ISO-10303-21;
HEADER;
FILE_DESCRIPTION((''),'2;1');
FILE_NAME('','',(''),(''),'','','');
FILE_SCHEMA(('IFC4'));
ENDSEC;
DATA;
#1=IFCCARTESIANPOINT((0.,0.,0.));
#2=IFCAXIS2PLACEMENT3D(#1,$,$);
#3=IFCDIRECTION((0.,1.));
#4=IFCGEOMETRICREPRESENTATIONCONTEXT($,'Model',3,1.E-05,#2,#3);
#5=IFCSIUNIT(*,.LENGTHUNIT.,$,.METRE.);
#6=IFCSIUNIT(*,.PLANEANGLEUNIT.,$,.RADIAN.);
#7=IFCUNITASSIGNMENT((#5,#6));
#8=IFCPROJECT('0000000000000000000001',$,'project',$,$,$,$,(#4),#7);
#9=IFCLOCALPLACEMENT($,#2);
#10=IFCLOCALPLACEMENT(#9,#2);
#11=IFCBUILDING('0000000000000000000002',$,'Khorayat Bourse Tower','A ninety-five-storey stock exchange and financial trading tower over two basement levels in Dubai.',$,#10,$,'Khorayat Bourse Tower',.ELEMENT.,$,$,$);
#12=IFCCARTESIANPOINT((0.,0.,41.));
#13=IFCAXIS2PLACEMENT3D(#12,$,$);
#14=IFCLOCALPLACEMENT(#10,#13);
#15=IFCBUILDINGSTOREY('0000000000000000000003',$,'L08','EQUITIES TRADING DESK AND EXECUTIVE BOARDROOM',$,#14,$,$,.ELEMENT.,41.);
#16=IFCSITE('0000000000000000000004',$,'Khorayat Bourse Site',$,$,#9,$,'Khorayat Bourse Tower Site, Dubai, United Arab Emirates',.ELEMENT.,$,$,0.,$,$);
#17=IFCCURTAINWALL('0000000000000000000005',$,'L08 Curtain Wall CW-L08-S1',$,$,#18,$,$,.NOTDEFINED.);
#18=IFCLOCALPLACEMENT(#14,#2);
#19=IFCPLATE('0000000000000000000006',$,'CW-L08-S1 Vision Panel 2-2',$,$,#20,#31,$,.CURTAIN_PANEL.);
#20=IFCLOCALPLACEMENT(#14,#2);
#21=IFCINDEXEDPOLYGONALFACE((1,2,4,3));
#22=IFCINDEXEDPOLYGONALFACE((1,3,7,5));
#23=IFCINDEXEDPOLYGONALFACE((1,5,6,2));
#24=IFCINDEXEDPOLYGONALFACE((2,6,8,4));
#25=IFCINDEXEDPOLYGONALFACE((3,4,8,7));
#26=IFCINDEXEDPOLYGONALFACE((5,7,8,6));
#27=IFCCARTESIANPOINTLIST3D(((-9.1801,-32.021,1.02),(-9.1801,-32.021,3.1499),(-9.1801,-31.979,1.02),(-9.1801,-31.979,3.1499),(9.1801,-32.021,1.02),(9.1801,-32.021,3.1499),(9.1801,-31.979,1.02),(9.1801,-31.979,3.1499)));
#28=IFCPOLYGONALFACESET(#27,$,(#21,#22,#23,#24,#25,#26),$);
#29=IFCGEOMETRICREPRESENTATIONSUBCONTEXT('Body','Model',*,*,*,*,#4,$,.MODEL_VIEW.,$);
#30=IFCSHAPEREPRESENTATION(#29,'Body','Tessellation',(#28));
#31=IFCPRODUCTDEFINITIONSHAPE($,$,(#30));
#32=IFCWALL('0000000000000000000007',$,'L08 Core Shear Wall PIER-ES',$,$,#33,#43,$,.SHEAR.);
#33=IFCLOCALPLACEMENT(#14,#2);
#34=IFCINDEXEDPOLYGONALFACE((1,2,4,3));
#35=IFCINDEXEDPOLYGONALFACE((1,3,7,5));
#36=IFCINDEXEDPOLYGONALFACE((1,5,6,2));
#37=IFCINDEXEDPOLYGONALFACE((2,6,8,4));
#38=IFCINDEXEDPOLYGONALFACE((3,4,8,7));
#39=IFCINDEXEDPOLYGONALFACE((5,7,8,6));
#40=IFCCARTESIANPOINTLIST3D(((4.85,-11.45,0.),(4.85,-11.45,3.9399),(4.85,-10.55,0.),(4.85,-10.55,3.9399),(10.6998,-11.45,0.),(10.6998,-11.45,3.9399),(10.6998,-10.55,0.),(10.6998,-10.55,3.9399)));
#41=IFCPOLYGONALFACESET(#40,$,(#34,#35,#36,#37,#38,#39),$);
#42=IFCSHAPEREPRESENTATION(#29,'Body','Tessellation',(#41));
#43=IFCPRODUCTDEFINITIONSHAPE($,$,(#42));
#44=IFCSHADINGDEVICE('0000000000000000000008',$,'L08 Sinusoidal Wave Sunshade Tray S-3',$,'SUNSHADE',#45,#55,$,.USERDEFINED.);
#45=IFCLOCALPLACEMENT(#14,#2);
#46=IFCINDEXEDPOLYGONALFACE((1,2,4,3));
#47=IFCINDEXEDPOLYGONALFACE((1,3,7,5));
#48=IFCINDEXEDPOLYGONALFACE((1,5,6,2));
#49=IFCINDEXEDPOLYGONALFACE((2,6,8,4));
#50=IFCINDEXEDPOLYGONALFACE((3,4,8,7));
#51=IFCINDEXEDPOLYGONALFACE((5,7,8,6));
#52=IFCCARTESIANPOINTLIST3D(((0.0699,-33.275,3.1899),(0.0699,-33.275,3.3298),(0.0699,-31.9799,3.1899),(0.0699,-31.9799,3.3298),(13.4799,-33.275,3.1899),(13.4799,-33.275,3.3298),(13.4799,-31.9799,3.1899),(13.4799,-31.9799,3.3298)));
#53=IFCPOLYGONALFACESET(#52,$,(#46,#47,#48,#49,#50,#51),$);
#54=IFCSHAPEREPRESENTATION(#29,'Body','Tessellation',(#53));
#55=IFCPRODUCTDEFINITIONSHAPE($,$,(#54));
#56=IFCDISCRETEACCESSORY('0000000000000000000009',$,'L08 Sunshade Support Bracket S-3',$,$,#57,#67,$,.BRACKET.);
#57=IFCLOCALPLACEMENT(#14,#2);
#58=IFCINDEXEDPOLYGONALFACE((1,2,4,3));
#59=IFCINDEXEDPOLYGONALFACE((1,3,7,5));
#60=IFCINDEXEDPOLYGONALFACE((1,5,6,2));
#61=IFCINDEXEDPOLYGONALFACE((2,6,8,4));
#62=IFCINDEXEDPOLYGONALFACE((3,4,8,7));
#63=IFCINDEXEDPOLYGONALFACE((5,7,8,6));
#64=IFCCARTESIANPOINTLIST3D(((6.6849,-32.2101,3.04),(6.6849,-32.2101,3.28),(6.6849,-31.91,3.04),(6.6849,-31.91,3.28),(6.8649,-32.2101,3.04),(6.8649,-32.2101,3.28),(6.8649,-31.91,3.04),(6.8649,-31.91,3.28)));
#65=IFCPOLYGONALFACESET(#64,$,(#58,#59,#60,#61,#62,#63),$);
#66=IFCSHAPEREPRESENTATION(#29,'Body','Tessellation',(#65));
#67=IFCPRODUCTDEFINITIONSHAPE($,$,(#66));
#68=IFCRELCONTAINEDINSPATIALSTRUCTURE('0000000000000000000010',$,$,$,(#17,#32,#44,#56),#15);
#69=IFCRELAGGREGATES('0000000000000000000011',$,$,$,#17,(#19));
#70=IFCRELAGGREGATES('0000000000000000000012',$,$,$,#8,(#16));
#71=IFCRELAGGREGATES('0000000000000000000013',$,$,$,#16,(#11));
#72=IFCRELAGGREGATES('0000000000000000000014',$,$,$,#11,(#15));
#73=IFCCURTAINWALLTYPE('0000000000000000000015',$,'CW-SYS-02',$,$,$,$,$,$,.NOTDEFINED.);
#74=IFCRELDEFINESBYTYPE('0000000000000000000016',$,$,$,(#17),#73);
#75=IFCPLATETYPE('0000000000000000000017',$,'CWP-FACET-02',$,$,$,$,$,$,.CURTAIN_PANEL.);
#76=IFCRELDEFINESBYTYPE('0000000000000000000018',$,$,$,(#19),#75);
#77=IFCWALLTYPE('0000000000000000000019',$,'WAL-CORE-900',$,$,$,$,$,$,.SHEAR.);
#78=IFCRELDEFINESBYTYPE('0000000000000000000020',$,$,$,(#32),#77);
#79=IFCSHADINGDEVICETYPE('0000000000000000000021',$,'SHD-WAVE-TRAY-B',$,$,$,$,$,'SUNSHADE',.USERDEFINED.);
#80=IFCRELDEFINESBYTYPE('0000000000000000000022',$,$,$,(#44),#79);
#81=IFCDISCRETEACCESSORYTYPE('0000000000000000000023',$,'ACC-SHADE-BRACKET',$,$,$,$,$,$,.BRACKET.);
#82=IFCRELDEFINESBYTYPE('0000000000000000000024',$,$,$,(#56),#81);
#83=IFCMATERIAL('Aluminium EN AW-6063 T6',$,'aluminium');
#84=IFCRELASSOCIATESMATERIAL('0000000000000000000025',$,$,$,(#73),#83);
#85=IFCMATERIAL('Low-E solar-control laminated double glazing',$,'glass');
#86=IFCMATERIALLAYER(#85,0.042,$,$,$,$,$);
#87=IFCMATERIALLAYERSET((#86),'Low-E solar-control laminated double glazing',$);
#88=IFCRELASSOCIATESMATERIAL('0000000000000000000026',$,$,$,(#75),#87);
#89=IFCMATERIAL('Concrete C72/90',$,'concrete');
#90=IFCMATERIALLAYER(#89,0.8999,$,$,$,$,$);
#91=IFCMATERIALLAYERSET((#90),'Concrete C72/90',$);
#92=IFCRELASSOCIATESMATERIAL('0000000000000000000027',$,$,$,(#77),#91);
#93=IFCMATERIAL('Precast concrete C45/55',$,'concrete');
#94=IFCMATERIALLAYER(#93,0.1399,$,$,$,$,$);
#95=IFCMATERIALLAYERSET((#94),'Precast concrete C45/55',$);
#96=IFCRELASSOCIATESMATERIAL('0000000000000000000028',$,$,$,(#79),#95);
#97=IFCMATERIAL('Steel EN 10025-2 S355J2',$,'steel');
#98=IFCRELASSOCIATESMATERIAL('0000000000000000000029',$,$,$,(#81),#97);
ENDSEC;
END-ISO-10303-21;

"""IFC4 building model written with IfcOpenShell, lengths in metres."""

from ifc_helpers import new_model, si_unit, direction, frame, frame_2d, origin, origin_2d, place, context, subcontext, project, spatial, rectangle, extrude, source, transform, mapped, material, layer, layer_set, type_object, element, aggregate, save


model = new_model("IFC4")

# Units and contexts
model_context = context("Model", 3, precision=1e-05, world=origin(), true_north=direction((0.0, 1.0)))
body_context = subcontext(model_context, "Body", "Model", "MODEL_VIEW")
ifc_project = project(units=[si_unit("LENGTHUNIT", "METRE"), si_unit("PLANEANGLEUNIT", "RADIAN")], contexts=[model_context])

# Site, building, storey
site_placement = place(None, origin())
site = spatial("IfcSite", under=ifc_project, at=site_placement, Name="Khorayat Bourse Site", LongName="Khorayat Bourse Tower Site, Dubai, United Arab Emirates", CompositionType="ELEMENT", RefElevation=0.0)
building_placement = place(site_placement, origin())
building = spatial("IfcBuilding", under=site, at=building_placement, Name="Khorayat Bourse Tower", Description="A ninety-five-storey stock exchange and financial trading tower over two basement levels in Dubai.", LongName="Khorayat Bourse Tower", CompositionType="ELEMENT")
storey_placement = place(building_placement, frame((0.0, 0.0, 41.0)))
storey = spatial("IfcBuildingStorey", under=building, at=storey_placement, Name="L08", Description="EQUITIES TRADING DESK AND EXECUTIVE BOARDROOM", CompositionType="ELEMENT", Elevation=41.0)

# Shared definitions
ifc_material_1 = material(Name="Concrete C72/90", Category="concrete")

# Curtain wall
ifc_material_2 = material(Name="Aluminium EN AW-6063 T6", Category="aluminium")
curtain_wall_type = type_object("IfcCurtainWallType", Name="CW-SYS-02", PredefinedType="NOTDEFINED", material=ifc_material_2)
curtain_wall_placement = place(storey_placement, origin())
curtain_wall = element("IfcCurtainWall", 1, at=curtain_wall_placement, inside=storey, type_object=curtain_wall_type, Name="L08 Curtain Wall CW-L08-S1", PredefinedType="NOTDEFINED")

# Shared definitions
ifc_material_3 = material(Name="Steel EN 10025-2 S355J2", Category="steel")

# Plate
ifc_material_4 = material(Name="Low-E solar-control laminated double glazing", Category="glass")
ifc_layer_1 = layer(ifc_material_4, 0.042)
ifc_layer_set_1 = layer_set([ifc_layer_1], Name="Low-E solar-control laminated double glazing")
plate_type_1 = type_object("IfcPlateType", Name="CWP-FACET-02", PredefinedType="CURTAIN_PANEL", material=ifc_layer_set_1)
shared_shape_1 = source(origin(), body_context, "Body", "SweptSolid", [
    extrude(rectangle(XDim=18.3601, YDim=0.042, at=origin_2d()), origin(), (0.0, 0.0, 1.0), 2.1299),
])
plate_1_placement = place(storey_placement, frame((0.0, -32.0, 1.02), z_axis=(0.0, 0.0, 1.0), x_axis=(1.0, 0.0, 0.0)))
plate_1 = element("IfcPlate", 2, at=plate_1_placement, type_object=plate_type_1, Name="CW-L08-S1 Vision Panel 2-2", PredefinedType="CURTAIN_PANEL", context=body_context, shape_type="MappedRepresentation", body=[
    mapped(shared_shape_1, transform((0.0, 0.0, 0.0), scale=1.0)),
])
aggregate(curtain_wall, [plate_1])

# Wall
ifc_layer_2 = layer(ifc_material_1, 0.8999)
ifc_layer_set_2 = layer_set([ifc_layer_2], Name="Concrete C72/90")
wall_type_1 = type_object("IfcWallType", Name="WAL-CORE-900", PredefinedType="SHEAR", material=ifc_layer_set_2)
shared_shape_2 = source(origin(), body_context, "Body", "SweptSolid", [
    extrude(rectangle(XDim=5.8499, YDim=0.8999, at=frame_2d((2.9248, 0.0))), origin(), (0.0, 0.0, 1.0), 3.9399),
])
wall_1_placement = place(storey_placement, frame((4.8501, -11.0, 0.0), z_axis=(0.0, 0.0, 1.0), x_axis=(1.0, 0.0, 0.0)))
element("IfcWall", 3, at=wall_1_placement, inside=storey, type_object=wall_type_1, Name="L08 Core Shear Wall PIER-ES", PredefinedType="SHEAR", context=body_context, shape_type="MappedRepresentation", body=[
    mapped(shared_shape_2, transform((0.0, 0.0, 0.0), scale=1.0)),
])

# Shading device
ifc_material_5 = material(Name="Precast concrete C45/55", Category="concrete")
ifc_layer_3 = layer(ifc_material_5, 0.1399)
ifc_layer_set_3 = layer_set([ifc_layer_3], Name="Precast concrete C45/55")
shading_device_type = type_object("IfcShadingDeviceType", Name="SHD-WAVE-TRAY-B", ElementType="SUNSHADE", PredefinedType="USERDEFINED", material=ifc_layer_set_3)
shared_shape_3 = source(origin(), body_context, "Body", "SweptSolid", [
    extrude(rectangle(XDim=13.4099, YDim=1.2952, at=origin_2d()), origin(), (0.0, 0.0, 1.0), 0.1399),
])
shading_device_placement = place(storey_placement, frame((6.7749, -32.6274, 3.1899), z_axis=(0.0, 0.0, 1.0), x_axis=(1.0, 0.0, 0.0)))
element("IfcShadingDevice", 4, at=shading_device_placement, inside=storey, type_object=shading_device_type, Name="L08 Sinusoidal Wave Sunshade Tray S-3", ObjectType="SUNSHADE", PredefinedType="USERDEFINED", context=body_context, shape_type="MappedRepresentation", body=[
    mapped(shared_shape_3, transform((0.0, 0.0, 0.0), scale=1.0)),
])

# Discrete accessory
discrete_accessory_type = type_object("IfcDiscreteAccessoryType", Name="ACC-SHADE-BRACKET", PredefinedType="BRACKET", material=ifc_material_3)
shared_shape_4 = source(origin(), body_context, "Body", "SweptSolid", [
    extrude(rectangle(XDim=0.1799, YDim=0.3, at=origin_2d()), origin(), (0.0, 0.0, 1.0), 0.24),
])
discrete_accessory_placement = place(storey_placement, frame((6.7749, -32.0601, 3.04), z_axis=(0.0, 0.0, 1.0), x_axis=(1.0, 0.0, 0.0)))
element("IfcDiscreteAccessory", 5, at=discrete_accessory_placement, inside=storey, type_object=discrete_accessory_type, Name="L08 Sunshade Support Bracket S-3", PredefinedType="BRACKET", context=body_context, shape_type="MappedRepresentation", body=[
    mapped(shared_shape_4, transform((0.0, 0.0, 0.0), scale=1.0)),
])

save(model, "model.ifc")
